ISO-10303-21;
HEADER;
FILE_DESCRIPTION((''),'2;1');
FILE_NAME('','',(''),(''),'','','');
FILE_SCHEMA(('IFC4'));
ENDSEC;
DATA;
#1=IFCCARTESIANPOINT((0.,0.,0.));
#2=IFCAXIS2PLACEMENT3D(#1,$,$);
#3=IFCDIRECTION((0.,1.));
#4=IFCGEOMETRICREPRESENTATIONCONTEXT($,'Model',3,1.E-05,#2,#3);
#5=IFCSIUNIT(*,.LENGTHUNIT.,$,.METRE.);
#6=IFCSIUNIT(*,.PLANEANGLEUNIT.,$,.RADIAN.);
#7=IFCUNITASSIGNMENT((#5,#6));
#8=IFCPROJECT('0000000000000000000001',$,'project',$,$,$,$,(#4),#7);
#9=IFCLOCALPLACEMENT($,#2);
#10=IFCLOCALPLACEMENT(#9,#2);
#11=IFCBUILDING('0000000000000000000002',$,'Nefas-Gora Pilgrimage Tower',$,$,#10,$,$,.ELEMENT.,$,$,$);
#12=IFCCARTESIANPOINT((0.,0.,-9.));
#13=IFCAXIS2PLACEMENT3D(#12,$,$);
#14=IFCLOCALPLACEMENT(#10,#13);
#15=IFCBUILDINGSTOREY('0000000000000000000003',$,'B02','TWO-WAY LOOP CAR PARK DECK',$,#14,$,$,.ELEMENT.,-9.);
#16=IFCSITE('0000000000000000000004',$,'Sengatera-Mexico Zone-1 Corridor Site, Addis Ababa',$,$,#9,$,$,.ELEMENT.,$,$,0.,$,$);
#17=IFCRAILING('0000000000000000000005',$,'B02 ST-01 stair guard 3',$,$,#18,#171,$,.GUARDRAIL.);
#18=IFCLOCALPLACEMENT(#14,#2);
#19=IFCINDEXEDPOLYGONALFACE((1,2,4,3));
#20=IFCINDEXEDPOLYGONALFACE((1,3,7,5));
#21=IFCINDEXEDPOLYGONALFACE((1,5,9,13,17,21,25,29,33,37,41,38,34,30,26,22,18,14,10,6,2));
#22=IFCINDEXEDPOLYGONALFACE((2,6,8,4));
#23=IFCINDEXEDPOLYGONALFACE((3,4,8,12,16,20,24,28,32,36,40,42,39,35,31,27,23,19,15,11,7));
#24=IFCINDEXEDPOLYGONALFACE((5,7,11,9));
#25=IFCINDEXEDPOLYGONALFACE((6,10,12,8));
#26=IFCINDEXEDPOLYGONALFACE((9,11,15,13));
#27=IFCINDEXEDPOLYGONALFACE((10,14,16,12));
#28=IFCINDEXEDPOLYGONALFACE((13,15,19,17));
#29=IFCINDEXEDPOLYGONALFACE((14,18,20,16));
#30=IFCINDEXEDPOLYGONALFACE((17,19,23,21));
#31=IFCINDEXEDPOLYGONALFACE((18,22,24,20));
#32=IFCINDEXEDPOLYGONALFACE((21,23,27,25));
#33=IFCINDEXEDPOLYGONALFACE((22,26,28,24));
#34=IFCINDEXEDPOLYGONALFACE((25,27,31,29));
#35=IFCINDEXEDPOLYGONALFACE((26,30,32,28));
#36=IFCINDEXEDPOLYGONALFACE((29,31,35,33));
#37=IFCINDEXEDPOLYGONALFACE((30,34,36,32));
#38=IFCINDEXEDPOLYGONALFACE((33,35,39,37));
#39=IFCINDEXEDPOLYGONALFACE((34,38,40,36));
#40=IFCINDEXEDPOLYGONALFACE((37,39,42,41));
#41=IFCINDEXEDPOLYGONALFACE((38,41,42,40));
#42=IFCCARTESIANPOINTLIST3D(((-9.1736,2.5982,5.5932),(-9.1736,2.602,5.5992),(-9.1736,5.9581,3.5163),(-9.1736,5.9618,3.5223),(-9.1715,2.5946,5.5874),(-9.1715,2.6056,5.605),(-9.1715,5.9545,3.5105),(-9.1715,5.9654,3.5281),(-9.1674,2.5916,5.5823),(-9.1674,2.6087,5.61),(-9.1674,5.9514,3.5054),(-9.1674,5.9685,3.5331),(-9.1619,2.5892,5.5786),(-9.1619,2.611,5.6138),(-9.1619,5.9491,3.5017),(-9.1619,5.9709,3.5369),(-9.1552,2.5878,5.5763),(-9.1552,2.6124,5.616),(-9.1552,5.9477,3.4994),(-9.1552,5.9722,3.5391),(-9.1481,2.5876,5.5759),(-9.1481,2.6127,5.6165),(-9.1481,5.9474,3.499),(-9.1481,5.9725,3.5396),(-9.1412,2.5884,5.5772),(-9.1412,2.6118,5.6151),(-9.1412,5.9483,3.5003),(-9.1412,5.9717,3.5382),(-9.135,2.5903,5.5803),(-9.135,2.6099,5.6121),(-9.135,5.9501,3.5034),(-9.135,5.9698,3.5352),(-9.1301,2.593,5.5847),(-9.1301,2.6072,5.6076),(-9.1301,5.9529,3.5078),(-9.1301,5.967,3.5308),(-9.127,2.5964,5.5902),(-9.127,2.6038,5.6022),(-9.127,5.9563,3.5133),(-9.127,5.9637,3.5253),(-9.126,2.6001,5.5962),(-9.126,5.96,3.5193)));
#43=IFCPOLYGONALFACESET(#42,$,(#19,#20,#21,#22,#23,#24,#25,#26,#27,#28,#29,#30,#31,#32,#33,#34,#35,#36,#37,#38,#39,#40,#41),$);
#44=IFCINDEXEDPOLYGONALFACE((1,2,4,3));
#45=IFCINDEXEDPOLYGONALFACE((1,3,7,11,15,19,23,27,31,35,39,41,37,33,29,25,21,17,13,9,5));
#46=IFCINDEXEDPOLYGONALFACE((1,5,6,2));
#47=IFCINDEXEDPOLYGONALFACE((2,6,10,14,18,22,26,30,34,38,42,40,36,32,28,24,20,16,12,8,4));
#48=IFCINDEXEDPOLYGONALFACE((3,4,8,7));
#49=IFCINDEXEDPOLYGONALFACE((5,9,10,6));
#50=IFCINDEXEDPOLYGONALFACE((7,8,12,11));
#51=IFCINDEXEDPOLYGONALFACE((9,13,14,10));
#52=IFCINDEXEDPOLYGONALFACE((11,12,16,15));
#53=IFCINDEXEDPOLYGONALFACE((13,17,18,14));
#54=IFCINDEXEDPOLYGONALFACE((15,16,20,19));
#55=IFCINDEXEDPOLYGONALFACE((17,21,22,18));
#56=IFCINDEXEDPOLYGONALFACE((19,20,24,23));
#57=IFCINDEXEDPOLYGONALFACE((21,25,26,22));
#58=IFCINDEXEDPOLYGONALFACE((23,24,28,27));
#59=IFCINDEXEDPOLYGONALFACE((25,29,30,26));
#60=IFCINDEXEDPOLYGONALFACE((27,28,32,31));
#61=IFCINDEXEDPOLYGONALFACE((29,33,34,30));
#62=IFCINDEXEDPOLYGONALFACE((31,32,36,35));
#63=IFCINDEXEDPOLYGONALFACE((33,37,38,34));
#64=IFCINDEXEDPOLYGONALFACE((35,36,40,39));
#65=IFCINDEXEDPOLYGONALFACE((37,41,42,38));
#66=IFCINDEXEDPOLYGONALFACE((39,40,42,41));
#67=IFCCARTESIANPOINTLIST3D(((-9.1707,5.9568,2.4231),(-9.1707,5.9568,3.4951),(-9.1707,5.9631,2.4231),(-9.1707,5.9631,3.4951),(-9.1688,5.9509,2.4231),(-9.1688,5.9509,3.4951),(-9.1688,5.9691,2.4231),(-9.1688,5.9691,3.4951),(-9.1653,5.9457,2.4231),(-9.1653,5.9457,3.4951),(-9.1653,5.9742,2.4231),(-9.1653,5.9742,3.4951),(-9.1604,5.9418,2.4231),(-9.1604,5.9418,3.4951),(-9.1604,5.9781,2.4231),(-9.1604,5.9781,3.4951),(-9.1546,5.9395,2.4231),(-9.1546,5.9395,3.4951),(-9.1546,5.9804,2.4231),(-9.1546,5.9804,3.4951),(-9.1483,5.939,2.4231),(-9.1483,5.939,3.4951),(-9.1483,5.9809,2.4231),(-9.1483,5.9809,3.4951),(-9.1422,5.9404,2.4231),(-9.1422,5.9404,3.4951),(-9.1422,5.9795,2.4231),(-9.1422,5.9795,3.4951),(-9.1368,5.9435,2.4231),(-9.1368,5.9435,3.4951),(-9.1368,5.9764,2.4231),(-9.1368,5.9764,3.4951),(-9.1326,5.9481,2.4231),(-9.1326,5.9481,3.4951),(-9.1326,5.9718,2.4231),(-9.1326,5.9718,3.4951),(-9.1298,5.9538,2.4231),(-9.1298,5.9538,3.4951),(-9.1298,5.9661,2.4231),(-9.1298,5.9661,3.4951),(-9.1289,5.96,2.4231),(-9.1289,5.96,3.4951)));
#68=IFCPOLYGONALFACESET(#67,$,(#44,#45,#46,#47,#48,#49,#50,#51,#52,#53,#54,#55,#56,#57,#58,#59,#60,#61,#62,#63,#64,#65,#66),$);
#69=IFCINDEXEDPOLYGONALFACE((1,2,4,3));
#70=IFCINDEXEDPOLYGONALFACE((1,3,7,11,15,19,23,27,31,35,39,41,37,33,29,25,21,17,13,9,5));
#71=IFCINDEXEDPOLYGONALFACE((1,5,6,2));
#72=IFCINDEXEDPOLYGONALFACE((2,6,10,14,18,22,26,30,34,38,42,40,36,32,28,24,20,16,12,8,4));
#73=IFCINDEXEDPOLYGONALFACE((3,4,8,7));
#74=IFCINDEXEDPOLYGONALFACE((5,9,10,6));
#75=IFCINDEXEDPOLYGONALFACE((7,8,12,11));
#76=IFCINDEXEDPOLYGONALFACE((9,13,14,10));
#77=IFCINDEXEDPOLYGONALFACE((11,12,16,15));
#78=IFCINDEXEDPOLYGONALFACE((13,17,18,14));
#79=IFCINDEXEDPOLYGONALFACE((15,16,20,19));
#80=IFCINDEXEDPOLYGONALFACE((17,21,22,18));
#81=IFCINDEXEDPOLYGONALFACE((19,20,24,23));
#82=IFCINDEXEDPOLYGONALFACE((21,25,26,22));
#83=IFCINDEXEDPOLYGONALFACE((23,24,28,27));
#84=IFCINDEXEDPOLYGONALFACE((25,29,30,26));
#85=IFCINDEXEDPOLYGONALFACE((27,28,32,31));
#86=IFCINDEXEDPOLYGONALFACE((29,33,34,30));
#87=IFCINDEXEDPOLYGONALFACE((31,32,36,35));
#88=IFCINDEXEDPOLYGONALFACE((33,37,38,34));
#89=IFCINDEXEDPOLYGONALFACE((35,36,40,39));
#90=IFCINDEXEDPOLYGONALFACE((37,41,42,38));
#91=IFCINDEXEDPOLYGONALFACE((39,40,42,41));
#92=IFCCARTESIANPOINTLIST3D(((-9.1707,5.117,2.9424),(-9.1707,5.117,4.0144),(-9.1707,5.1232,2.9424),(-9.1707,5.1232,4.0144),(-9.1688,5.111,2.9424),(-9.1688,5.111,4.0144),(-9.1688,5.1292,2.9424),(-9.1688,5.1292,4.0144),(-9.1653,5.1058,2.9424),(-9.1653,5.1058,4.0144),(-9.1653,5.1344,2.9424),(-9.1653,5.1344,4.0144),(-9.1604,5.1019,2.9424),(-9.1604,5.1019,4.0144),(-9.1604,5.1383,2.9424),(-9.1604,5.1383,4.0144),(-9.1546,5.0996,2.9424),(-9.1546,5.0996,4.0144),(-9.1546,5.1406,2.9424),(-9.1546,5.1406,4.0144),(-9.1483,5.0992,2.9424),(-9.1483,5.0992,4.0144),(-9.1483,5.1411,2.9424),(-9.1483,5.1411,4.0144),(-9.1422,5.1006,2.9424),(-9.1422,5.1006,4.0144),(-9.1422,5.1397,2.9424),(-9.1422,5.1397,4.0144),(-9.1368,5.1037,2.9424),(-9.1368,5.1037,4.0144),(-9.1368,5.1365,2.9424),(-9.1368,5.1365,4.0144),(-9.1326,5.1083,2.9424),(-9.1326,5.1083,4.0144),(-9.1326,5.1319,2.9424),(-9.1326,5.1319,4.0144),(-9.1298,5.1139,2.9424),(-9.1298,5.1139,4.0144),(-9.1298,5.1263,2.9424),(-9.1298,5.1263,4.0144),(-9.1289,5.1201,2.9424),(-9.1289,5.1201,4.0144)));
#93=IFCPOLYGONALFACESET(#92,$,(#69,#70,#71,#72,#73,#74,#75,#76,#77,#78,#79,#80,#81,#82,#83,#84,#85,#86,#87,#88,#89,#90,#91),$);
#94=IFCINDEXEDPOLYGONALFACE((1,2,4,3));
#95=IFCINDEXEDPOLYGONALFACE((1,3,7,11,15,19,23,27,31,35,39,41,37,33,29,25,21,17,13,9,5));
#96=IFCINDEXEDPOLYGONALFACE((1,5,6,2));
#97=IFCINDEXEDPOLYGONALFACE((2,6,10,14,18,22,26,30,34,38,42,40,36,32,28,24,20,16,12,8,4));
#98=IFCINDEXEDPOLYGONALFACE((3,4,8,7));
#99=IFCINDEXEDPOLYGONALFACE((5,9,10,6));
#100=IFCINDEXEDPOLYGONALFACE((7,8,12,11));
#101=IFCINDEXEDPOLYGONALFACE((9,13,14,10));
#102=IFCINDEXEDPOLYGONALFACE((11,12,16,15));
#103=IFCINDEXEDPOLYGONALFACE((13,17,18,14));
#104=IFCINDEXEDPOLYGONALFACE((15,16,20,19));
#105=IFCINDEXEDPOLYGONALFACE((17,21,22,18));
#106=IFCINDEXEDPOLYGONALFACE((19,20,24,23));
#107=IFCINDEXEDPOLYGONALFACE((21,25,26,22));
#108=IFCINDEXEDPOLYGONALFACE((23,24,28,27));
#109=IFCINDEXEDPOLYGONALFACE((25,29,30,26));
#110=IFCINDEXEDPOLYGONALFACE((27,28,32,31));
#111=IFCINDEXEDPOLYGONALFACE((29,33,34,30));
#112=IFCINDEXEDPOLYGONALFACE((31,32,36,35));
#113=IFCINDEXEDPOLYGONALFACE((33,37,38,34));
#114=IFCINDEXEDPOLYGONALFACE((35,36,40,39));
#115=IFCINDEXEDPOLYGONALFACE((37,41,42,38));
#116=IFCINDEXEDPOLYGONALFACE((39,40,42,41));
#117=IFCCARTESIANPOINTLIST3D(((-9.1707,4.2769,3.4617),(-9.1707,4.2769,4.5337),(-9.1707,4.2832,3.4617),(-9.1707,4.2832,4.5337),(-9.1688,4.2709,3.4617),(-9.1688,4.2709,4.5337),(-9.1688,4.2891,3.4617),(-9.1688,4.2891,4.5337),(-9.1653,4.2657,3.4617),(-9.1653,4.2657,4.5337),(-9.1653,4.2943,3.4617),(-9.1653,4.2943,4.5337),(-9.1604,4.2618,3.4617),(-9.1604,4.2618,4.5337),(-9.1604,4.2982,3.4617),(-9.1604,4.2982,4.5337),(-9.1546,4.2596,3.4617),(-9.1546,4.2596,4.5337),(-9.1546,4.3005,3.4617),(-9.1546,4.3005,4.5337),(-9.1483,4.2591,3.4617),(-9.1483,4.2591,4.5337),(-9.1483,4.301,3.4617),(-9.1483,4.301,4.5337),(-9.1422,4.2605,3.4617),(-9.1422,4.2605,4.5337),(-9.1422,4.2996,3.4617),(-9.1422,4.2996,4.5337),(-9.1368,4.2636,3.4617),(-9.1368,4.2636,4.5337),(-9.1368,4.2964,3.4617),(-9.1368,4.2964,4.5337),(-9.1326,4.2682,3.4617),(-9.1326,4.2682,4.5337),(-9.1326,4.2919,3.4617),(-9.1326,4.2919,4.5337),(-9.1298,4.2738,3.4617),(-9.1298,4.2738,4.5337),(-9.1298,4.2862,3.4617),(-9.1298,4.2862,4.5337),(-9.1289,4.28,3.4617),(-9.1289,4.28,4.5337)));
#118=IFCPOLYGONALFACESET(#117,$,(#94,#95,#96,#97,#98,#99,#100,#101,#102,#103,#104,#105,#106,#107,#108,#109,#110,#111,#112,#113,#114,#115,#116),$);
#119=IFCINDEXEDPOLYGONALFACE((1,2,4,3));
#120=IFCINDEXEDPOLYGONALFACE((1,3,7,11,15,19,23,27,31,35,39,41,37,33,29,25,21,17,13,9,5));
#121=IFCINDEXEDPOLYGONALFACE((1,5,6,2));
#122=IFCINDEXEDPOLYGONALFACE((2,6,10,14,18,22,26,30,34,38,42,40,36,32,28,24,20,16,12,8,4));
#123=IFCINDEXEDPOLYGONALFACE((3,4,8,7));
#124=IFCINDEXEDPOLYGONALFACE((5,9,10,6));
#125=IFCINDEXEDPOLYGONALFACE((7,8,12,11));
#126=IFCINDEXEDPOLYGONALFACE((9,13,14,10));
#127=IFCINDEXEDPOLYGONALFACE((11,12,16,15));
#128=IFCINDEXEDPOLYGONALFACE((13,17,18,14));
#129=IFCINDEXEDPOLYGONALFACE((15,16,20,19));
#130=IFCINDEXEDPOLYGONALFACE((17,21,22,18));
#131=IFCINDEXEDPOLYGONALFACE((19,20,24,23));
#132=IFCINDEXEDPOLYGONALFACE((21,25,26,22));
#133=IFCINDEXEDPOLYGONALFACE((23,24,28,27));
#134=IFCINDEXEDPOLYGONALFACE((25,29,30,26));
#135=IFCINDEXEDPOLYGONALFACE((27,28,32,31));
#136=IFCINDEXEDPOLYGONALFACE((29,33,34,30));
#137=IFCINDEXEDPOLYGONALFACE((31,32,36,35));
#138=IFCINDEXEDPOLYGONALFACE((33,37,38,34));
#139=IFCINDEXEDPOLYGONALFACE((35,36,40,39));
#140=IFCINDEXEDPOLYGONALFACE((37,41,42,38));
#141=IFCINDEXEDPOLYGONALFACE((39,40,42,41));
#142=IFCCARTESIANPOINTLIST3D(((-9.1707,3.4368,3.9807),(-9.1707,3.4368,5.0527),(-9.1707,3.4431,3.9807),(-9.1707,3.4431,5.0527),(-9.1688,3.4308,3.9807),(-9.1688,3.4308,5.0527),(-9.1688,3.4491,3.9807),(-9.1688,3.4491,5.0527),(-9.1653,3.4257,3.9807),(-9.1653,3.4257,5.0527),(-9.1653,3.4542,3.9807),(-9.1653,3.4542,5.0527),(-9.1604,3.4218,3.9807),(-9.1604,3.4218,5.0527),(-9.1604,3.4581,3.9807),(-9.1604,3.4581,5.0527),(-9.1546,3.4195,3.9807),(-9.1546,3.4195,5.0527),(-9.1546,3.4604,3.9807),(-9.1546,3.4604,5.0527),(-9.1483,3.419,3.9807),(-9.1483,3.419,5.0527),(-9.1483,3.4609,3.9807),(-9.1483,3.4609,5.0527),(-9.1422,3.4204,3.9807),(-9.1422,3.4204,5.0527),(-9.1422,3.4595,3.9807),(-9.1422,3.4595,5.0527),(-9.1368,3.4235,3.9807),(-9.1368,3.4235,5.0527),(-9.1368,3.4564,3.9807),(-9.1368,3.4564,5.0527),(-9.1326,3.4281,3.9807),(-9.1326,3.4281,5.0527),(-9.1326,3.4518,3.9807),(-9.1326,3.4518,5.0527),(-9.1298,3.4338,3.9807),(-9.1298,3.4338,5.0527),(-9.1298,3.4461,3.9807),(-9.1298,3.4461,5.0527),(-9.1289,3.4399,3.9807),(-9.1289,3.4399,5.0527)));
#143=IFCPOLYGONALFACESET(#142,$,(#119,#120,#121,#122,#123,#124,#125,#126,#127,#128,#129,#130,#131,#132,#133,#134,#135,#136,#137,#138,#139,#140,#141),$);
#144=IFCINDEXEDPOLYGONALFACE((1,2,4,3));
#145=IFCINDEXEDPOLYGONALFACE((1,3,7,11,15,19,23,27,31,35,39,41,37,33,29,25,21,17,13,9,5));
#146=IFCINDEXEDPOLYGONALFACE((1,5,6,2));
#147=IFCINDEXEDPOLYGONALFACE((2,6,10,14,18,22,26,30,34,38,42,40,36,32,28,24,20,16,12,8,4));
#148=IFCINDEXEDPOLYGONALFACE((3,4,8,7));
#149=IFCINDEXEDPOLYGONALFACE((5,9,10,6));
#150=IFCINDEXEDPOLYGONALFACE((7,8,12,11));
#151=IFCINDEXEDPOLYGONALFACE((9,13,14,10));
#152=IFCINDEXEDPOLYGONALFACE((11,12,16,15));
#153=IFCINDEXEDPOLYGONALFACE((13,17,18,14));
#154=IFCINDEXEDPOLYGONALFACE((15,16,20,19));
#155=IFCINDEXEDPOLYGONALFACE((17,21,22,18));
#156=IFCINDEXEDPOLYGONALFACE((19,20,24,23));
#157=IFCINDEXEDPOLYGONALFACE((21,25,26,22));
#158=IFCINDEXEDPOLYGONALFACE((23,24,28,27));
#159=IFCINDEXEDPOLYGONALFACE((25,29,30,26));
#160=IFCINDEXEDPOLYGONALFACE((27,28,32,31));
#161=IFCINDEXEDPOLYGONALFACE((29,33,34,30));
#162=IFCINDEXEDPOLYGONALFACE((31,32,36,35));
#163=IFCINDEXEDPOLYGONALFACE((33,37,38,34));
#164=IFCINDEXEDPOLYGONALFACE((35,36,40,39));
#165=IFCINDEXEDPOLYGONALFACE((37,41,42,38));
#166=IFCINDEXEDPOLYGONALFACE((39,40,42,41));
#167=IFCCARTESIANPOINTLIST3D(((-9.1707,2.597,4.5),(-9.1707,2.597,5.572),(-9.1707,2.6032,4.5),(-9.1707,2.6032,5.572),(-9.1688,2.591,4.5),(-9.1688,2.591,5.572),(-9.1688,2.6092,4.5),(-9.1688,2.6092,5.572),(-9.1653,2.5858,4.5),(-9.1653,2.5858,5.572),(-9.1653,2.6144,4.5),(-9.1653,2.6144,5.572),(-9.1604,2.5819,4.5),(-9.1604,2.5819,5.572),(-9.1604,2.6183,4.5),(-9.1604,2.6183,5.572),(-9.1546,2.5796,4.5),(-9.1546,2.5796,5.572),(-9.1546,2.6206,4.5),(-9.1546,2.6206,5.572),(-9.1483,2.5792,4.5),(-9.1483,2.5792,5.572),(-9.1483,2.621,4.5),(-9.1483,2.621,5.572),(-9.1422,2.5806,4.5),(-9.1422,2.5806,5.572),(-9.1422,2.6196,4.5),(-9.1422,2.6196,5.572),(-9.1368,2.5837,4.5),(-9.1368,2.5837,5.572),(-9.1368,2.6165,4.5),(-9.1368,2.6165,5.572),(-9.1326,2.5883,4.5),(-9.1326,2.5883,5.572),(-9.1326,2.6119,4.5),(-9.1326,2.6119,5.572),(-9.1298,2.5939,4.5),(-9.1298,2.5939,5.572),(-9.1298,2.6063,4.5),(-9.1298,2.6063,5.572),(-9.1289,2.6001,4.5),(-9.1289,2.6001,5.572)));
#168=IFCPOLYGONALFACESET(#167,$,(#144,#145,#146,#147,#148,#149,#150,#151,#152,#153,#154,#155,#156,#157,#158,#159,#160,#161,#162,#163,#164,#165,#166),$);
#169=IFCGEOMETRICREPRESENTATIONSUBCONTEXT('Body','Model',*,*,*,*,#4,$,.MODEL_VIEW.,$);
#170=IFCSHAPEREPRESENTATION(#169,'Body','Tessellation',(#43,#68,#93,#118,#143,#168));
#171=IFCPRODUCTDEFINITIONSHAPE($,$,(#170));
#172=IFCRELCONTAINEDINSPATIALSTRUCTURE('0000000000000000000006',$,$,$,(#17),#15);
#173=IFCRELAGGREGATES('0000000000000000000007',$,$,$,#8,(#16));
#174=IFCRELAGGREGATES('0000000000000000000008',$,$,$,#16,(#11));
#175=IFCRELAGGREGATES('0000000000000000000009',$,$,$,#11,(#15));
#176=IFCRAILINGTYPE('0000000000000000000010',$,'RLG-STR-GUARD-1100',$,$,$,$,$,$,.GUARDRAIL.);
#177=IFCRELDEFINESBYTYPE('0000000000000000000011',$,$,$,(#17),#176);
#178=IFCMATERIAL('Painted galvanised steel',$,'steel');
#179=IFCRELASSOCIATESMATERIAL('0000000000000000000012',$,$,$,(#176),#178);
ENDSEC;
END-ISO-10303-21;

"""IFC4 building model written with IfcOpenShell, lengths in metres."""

from ifc_helpers import new_model, si_unit, direction, frame, origin, origin_2d, place, context, subcontext, project, spatial, circle, extrude, material, type_object, element, save


model = new_model("IFC4")

# Units and contexts
model_context = context("Model", 3, precision=1e-05, world=origin(), true_north=direction((0.0, 1.0)))
body_context = subcontext(model_context, "Body", "Model", "MODEL_VIEW")
ifc_project = project(units=[si_unit("LENGTHUNIT", "METRE"), si_unit("PLANEANGLEUNIT", "RADIAN")], contexts=[model_context])

# Site, building, storey
site_placement = place(None, origin())
site = spatial("IfcSite", under=ifc_project, at=site_placement, Name="Sengatera-Mexico Zone-1 Corridor Site, Addis Ababa", CompositionType="ELEMENT", RefElevation=0.0)
building_placement = place(site_placement, origin())
building = spatial("IfcBuilding", under=site, at=building_placement, Name="Nefas-Gora Pilgrimage Tower", CompositionType="ELEMENT")
storey_placement = place(building_placement, frame((0.0, 0.0, -9.0)))
storey = spatial("IfcBuildingStorey", under=building, at=storey_placement, Name="B02", Description="TWO-WAY LOOP CAR PARK DECK", CompositionType="ELEMENT", Elevation=-9.0)

# Railing
ifc_material_1 = material(Name="Painted galvanised steel", Category="steel")
railing_type_1 = type_object("IfcRailingType", Name="RLG-STR-GUARD-1100", PredefinedType="GUARDRAIL", material=ifc_material_1)
railing_1_placement = place(storey_placement, frame((-9.1499, 5.96, 2.4231)))
element("IfcRailing", 1, at=railing_1_placement, inside=storey, type_object=railing_type_1, Name="B02 ST-01 stair guard 3", PredefinedType="GUARDRAIL", context=body_context, shape_type="SweptSolid", body=[
    extrude(circle(Radius=0.0239, at=origin_2d()), frame((0.0, 0.0, 1.0962), z_axis=(0.0, -0.850606, 0.525803), x_axis=(1.0, 0.0, 0.0)), (0.0, 0.0, 1.0), 3.95),
    extrude(circle(Radius=0.021, at=origin_2d()), origin(), (0.0, 0.0, 1.0), 1.072),
    extrude(circle(Radius=0.021, at=origin_2d()), frame((0.0, -0.8398, 0.5193)), (0.0, 0.0, 1.0), 1.072),
    extrude(circle(Radius=0.021, at=origin_2d()), frame((0.0, -1.6799, 1.0386)), (0.0, 0.0, 1.0), 1.072),
    extrude(circle(Radius=0.021, at=origin_2d()), frame((0.0, -2.52, 1.5576)), (0.0, 0.0, 1.0), 1.072),
    extrude(circle(Radius=0.021, at=origin_2d()), frame((0.0, -3.3599, 2.0769)), (0.0, 0.0, 1.0), 1.072),
])

save(model, "model.ifc")
